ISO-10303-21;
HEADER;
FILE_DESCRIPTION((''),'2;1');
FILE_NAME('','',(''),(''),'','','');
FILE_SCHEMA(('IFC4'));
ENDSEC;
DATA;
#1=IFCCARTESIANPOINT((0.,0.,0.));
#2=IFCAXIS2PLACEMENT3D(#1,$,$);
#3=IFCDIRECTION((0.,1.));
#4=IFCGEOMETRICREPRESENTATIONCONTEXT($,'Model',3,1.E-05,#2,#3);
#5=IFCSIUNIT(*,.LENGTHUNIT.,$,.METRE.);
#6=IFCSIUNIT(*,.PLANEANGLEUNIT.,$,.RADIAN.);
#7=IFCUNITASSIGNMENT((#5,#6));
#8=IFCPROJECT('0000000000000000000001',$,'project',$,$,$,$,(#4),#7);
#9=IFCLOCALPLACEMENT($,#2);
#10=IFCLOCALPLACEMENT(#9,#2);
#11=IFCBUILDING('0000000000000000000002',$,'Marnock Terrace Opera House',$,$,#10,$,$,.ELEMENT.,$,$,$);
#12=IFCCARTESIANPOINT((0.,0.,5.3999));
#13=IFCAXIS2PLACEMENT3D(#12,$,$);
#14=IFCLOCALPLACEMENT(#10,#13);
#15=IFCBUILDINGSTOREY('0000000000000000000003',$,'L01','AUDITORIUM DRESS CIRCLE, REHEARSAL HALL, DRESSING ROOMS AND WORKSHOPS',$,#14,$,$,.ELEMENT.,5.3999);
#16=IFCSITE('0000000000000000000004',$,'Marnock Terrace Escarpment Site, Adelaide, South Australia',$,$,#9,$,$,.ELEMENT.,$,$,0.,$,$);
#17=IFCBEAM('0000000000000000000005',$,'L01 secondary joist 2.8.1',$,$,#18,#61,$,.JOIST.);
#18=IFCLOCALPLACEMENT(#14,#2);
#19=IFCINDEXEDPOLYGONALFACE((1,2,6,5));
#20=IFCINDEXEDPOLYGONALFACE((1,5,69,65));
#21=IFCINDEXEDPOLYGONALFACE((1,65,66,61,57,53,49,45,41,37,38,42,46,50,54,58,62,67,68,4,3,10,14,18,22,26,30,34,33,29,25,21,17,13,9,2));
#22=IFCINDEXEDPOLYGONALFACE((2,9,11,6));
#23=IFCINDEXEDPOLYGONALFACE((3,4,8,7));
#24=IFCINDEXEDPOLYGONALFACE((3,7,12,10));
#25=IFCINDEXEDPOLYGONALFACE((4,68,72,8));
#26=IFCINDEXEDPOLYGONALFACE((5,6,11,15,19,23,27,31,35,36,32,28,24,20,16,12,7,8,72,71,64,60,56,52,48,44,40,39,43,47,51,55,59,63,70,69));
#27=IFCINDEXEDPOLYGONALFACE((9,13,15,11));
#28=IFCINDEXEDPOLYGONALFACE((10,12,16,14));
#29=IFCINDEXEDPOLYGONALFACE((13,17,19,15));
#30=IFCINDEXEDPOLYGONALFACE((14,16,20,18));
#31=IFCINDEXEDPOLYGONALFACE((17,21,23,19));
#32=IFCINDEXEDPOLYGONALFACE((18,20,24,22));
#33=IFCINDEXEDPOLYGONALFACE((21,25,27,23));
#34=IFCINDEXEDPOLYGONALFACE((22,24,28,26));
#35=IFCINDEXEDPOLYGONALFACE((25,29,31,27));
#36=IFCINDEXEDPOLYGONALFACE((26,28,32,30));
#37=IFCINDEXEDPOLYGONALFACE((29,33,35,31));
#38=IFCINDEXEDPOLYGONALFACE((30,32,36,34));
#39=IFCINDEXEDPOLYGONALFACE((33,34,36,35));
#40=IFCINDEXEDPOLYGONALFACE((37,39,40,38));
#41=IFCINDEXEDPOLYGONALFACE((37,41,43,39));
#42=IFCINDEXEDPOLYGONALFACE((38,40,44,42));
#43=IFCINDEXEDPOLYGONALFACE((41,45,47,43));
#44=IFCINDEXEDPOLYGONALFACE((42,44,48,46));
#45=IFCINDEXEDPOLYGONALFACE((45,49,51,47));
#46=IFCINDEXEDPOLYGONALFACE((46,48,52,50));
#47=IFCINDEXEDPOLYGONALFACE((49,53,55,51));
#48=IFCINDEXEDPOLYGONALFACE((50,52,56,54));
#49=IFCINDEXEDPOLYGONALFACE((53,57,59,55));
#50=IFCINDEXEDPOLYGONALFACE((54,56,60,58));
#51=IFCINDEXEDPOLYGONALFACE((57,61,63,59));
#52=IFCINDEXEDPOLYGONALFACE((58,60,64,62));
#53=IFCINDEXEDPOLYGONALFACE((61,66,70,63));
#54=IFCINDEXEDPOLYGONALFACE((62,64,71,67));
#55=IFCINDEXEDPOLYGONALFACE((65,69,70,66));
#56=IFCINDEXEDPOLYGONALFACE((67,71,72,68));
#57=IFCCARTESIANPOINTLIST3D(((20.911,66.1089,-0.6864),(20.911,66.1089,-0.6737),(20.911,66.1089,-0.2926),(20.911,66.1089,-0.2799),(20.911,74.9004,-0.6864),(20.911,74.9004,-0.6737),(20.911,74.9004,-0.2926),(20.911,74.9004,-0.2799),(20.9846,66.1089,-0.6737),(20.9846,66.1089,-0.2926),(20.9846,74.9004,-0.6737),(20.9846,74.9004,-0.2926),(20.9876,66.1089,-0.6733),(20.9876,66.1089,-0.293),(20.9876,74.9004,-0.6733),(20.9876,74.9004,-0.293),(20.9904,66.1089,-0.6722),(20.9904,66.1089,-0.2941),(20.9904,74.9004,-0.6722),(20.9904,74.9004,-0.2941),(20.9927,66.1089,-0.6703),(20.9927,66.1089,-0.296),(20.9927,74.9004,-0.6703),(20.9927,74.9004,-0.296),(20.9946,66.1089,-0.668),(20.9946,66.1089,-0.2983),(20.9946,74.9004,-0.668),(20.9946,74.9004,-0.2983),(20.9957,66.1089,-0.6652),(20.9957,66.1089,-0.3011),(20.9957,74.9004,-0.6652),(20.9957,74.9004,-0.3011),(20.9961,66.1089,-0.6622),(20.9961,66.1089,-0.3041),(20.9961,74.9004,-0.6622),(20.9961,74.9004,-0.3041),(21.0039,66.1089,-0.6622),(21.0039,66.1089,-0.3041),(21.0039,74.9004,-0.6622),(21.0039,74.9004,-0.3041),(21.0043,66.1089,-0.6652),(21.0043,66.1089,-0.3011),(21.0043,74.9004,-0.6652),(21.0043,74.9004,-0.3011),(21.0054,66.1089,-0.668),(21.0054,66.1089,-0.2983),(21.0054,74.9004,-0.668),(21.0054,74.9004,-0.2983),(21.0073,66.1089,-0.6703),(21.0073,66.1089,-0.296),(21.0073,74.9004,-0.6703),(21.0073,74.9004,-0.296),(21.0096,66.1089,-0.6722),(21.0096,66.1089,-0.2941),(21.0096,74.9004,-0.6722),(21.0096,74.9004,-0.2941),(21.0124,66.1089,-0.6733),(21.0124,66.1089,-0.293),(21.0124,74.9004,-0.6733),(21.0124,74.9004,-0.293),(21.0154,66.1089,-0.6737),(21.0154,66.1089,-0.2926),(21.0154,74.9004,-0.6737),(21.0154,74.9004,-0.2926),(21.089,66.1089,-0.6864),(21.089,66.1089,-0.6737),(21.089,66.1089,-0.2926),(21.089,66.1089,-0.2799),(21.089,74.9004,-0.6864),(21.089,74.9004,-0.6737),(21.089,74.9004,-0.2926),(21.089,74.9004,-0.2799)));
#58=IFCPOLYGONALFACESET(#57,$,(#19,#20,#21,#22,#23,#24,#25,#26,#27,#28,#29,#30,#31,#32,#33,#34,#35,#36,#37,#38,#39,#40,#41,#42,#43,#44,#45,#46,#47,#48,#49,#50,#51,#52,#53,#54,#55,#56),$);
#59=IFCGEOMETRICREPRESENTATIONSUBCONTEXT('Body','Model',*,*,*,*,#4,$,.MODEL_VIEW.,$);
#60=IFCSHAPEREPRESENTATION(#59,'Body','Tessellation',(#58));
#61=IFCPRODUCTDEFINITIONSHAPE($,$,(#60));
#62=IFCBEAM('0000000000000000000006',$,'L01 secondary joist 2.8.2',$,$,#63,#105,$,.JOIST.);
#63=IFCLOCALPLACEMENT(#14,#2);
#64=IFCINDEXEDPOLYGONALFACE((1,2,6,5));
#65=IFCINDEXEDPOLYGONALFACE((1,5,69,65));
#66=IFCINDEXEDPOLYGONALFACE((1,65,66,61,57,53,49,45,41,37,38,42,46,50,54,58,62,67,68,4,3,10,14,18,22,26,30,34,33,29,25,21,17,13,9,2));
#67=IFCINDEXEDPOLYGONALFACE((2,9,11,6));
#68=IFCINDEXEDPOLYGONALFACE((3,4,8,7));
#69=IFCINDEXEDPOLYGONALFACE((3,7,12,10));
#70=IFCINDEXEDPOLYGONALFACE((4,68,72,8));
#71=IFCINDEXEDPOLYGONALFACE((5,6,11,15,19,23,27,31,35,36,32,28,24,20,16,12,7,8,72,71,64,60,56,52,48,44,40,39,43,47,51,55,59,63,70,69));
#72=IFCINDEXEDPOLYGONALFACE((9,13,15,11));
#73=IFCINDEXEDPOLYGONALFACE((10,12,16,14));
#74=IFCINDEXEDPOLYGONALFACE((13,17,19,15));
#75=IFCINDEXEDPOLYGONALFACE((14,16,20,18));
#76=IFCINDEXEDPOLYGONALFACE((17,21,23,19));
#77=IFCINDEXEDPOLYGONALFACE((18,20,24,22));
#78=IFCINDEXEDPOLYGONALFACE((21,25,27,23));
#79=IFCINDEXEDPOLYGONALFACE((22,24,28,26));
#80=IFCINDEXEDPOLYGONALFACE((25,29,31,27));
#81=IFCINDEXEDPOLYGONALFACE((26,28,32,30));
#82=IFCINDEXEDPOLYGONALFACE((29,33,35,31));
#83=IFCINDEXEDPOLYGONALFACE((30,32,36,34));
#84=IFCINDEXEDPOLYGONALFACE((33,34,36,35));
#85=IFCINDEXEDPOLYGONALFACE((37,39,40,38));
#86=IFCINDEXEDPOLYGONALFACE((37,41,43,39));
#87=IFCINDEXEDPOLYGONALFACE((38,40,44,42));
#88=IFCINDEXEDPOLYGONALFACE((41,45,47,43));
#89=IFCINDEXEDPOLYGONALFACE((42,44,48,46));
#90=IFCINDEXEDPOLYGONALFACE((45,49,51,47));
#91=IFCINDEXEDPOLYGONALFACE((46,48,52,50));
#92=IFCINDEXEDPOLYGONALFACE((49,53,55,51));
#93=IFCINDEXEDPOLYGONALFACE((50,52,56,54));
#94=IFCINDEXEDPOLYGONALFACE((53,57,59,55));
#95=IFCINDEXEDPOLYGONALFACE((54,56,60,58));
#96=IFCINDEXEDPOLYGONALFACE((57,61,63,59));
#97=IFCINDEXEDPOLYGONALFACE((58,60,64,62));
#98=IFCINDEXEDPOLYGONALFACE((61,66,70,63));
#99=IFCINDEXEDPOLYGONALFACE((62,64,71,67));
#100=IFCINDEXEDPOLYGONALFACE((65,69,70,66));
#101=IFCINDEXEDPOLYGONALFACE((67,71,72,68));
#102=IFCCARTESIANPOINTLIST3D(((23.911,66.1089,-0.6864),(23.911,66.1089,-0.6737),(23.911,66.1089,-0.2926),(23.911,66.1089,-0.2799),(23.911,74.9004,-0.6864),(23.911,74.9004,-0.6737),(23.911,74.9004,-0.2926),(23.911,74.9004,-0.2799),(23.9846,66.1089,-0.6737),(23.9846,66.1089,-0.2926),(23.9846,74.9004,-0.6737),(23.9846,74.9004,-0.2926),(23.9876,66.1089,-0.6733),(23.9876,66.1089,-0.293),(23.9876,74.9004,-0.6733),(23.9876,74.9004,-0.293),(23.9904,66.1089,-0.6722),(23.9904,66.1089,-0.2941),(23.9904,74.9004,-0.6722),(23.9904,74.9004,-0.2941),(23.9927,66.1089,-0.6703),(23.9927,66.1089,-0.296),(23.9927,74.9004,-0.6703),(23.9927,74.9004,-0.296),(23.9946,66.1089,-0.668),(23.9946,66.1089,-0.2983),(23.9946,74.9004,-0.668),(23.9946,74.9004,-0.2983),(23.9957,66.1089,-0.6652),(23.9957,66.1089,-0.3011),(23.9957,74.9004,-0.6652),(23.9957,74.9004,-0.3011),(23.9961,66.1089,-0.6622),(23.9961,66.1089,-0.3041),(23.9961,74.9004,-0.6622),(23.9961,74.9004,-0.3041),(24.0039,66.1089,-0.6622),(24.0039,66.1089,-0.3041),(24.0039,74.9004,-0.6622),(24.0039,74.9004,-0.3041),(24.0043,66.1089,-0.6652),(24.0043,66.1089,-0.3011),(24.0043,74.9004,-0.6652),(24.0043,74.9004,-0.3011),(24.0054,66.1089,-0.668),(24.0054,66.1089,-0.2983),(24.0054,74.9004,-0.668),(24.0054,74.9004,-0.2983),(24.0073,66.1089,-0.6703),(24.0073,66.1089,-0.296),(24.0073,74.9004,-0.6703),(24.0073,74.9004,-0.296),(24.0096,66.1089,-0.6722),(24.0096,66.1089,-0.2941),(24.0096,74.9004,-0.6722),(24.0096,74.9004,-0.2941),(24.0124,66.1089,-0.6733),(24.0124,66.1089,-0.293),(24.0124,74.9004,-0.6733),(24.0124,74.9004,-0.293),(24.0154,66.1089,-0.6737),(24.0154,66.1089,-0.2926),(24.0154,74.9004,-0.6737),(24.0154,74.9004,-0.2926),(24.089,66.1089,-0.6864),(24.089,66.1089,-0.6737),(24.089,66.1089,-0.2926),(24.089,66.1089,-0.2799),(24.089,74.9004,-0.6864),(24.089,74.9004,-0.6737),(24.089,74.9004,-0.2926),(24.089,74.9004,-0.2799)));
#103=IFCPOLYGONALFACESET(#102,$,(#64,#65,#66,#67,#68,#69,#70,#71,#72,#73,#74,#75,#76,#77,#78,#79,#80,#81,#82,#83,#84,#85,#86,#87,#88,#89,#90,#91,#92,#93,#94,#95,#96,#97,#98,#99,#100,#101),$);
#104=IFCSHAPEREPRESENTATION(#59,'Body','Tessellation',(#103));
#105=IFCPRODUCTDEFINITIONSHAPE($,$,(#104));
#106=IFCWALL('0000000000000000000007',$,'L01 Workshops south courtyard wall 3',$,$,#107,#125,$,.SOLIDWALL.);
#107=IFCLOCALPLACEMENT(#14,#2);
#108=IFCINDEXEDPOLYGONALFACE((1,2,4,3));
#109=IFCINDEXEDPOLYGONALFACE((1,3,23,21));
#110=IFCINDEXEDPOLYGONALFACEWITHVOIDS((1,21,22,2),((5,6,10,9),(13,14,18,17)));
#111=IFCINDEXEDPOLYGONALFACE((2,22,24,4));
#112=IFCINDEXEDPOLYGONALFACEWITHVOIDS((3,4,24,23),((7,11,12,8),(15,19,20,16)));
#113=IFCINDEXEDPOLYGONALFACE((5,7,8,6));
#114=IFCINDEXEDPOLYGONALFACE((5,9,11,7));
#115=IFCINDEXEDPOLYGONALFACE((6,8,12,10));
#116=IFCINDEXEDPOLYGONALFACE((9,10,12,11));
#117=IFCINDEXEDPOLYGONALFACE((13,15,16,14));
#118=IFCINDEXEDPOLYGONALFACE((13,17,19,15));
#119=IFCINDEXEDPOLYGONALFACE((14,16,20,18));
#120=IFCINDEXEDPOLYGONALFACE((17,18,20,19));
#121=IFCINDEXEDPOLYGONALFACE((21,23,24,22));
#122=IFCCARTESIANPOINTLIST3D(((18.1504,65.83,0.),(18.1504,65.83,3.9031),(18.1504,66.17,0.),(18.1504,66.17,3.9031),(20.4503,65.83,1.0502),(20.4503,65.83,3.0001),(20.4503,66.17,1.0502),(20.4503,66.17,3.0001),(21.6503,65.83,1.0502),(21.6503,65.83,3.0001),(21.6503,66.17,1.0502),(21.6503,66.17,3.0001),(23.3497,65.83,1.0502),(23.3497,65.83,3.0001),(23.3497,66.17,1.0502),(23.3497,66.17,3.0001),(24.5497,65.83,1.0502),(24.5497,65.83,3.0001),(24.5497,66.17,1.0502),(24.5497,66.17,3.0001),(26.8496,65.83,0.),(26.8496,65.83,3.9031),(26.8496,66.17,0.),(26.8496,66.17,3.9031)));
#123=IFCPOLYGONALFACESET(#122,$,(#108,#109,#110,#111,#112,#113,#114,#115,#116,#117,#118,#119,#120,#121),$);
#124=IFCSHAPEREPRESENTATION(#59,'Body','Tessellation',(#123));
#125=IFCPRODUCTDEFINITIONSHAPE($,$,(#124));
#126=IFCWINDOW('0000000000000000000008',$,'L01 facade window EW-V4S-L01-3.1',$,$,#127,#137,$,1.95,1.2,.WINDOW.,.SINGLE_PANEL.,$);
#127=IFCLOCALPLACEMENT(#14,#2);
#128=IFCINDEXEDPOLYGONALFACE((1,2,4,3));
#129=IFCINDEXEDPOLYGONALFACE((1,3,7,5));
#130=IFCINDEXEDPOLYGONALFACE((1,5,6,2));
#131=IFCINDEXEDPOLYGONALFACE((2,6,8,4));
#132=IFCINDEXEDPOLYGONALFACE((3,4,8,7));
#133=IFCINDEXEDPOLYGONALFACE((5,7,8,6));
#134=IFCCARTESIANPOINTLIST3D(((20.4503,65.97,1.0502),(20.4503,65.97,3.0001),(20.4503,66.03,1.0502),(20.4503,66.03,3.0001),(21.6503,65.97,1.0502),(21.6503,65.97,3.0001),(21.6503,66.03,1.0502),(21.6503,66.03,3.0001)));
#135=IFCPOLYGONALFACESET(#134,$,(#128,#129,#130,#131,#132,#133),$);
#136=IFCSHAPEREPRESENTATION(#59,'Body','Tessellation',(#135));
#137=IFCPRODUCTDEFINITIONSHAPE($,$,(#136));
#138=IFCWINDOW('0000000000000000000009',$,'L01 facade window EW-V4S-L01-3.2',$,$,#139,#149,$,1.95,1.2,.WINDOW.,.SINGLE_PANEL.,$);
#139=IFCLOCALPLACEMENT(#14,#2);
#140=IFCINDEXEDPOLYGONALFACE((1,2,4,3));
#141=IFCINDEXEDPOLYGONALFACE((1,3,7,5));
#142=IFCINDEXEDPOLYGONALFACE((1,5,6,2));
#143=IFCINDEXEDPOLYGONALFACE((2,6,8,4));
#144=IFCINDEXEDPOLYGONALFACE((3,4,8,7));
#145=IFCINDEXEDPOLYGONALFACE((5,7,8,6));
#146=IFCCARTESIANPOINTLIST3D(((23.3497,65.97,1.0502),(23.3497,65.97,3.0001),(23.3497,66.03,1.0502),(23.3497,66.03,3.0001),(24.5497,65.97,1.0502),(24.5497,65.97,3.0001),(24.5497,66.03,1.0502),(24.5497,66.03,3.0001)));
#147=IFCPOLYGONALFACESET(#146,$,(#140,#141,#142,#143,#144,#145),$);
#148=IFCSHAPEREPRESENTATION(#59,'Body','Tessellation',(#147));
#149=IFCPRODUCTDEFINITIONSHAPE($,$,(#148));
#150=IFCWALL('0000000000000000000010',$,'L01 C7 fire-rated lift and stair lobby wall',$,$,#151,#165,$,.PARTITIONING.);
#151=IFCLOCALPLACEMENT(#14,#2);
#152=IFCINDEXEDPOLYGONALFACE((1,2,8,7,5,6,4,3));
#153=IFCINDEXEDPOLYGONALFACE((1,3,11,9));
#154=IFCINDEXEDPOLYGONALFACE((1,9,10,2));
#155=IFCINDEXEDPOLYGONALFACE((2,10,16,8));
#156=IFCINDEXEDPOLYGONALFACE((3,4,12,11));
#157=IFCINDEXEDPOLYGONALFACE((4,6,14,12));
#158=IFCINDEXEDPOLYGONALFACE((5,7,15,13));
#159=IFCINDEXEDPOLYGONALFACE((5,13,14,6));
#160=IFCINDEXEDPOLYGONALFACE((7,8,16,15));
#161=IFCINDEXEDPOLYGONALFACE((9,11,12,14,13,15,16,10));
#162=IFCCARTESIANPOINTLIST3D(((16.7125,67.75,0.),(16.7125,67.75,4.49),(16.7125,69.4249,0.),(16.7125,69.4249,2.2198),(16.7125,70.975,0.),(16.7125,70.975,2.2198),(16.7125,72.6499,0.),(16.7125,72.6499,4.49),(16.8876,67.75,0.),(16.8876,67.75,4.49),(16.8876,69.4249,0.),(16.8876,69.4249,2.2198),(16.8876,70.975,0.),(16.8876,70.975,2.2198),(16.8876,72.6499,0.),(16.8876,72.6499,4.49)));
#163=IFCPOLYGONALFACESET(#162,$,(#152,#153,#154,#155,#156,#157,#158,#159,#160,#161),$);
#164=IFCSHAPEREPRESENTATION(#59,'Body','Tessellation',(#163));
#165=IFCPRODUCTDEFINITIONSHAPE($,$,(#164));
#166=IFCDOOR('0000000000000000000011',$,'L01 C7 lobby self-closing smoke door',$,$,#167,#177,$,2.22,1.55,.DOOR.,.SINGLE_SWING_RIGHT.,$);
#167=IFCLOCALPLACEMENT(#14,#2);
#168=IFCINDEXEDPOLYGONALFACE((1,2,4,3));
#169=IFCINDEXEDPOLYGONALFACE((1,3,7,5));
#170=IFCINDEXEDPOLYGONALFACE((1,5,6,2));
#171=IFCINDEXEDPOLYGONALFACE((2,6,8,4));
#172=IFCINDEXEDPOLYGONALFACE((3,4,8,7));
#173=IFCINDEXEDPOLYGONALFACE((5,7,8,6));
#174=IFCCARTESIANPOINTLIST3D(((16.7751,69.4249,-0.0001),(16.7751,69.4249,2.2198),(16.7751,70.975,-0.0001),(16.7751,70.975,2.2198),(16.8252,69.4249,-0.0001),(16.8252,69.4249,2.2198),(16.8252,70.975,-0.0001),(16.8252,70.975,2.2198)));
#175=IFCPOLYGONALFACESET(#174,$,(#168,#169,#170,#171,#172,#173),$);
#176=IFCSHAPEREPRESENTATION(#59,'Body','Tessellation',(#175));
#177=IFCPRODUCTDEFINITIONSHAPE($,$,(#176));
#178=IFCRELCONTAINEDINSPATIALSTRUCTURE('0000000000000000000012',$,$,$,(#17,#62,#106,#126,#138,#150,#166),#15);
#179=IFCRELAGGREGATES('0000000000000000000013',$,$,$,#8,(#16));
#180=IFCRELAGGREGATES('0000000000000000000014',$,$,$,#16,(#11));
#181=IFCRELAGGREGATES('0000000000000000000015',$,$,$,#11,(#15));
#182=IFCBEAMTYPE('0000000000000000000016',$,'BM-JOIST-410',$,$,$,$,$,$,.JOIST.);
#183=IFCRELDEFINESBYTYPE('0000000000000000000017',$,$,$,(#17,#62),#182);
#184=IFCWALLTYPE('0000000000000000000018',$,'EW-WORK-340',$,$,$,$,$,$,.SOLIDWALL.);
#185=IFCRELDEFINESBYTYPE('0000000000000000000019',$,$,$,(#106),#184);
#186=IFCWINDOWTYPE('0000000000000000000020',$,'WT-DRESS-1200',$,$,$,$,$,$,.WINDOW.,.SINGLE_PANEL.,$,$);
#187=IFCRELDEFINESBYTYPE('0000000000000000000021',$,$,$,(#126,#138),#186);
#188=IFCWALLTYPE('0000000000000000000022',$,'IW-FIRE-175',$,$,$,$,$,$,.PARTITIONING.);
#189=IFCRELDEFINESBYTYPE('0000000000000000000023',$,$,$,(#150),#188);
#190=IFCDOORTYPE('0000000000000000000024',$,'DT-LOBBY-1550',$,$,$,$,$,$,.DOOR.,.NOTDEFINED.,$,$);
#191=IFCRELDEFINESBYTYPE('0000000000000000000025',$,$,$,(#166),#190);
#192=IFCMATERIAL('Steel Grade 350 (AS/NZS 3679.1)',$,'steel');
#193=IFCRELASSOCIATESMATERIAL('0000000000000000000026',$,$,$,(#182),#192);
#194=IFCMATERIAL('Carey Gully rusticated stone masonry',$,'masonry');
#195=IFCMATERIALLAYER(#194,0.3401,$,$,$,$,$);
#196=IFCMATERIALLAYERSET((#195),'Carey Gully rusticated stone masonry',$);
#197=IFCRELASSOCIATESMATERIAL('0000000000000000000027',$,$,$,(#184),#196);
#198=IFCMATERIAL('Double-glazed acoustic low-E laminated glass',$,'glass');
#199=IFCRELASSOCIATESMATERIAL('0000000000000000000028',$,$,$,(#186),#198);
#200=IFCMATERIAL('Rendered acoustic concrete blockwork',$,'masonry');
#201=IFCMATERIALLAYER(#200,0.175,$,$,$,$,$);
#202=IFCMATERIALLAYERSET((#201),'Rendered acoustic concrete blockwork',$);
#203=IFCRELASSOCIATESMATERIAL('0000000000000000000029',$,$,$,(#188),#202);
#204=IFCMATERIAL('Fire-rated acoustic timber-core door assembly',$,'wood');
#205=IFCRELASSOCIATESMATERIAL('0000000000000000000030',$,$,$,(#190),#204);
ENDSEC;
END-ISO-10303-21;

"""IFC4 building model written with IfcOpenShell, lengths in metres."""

from ifc_helpers import new_model, si_unit, direction, frame, frame_2d, origin, origin_2d, place, context, subcontext, project, spatial, rectangle, i_section, extrude, material, layer, layer_set, material_profile, profile_set, type_object, element, fill, save


model = new_model("IFC4")

# Units and contexts
model_context = context("Model", 3, precision=1e-05, world=origin(), true_north=direction((0.0, 1.0)))
body_context = subcontext(model_context, "Body", "Model", "MODEL_VIEW")
ifc_project = project(units=[si_unit("LENGTHUNIT", "METRE"), si_unit("PLANEANGLEUNIT", "RADIAN")], contexts=[model_context])

# Site, building, storey
site_placement = place(None, origin())
site = spatial("IfcSite", under=ifc_project, at=site_placement, Name="Marnock Terrace Escarpment Site, Adelaide, South Australia", CompositionType="ELEMENT", RefElevation=0.0)
building_placement = place(site_placement, origin())
building = spatial("IfcBuilding", under=site, at=building_placement, Name="Marnock Terrace Opera House", CompositionType="ELEMENT")
storey_placement = place(building_placement, frame((0.0, 0.0, 5.3999)))
storey = spatial("IfcBuildingStorey", under=building, at=storey_placement, Name="L01", Description="AUDITORIUM DRESS CIRCLE, REHEARSAL HALL, DRESSING ROOMS AND WORKSHOPS", CompositionType="ELEMENT", Elevation=5.3999)

# Shared definitions
ifc_material_1 = material(Name="Steel Grade 350 (AS/NZS 3679.1)", Category="steel")

# Beams
ifc_material_profile_1 = material_profile(ifc_material_1, i_section(OverallWidth=0.178, OverallDepth=0.4065, WebThickness=0.0078, FlangeThickness=0.0127, FilletRadius=0.0115, at=origin_2d()))
ifc_profile_set_1 = profile_set([ifc_material_profile_1], Name="Steel Grade 350 (AS/NZS 3679.1)")
beam_type_1 = type_object("IfcBeamType", Name="BM-JOIST-410", PredefinedType="JOIST", material=ifc_profile_set_1)
for number, where, z_axis, x_axis, name in (
    (1, (21.0, 66.1089, -0.4832), (0.0, 1.0, 0.0), (-1.0, 0.0, 0.0), "L01 secondary joist 2.8.1"),
    (2, (24.0, 66.1089, -0.4832), (0.0, 1.0, 0.0), (-1.0, 0.0, 0.0), "L01 secondary joist 2.8.2"),
):
    element("IfcBeam", number, at=place(storey_placement, frame(where, z_axis=z_axis, x_axis=x_axis)), inside=storey, type_object=beam_type_1, Name=name, PredefinedType="JOIST", context=body_context, shape_type="SweptSolid", body=[
        extrude(i_section(OverallWidth=0.178, OverallDepth=0.4065, WebThickness=0.0078, FlangeThickness=0.0127, FilletRadius=0.0115, at=origin_2d()), origin(), (0.0, 0.0, 1.0), 8.7915),
    ])

# Wall, openings, windows
ifc_material_2 = material(Name="Carey Gully rusticated stone masonry", Category="masonry")
ifc_layer_1 = layer(ifc_material_2, 0.3401)
ifc_layer_set_1 = layer_set([ifc_layer_1], Name="Carey Gully rusticated stone masonry")
wall_type_1 = type_object("IfcWallType", Name="EW-WORK-340", PredefinedType="SOLIDWALL", material=ifc_layer_set_1)
wall_1_placement = place(storey_placement, frame((18.1504, 66.0, 0.0), z_axis=(0.0, 0.0, 1.0), x_axis=(1.0, 0.0, 0.0)))
wall_1 = element("IfcWall", 3, at=wall_1_placement, inside=storey, type_object=wall_type_1, Name="L01 Workshops south courtyard wall 3", PredefinedType="SOLIDWALL", context=body_context, shape_type="SweptSolid", body=[
    extrude(rectangle(XDim=8.6992, YDim=0.3401, at=frame_2d((4.3496, 0.0))), origin(), (0.0, 0.0, 1.0), 3.9031),
])
opening_1_placement = place(wall_1_placement, frame((2.2998, 0.0, 1.05)))
opening_1 = element("IfcOpeningElement", 4, at=opening_1_placement, cuts=wall_1, PredefinedType="OPENING", context=body_context, shape_type="SweptSolid", body=[
    extrude(rectangle(XDim=1.2, YDim=1.95, at=frame_2d((0.6001, 0.9751))), frame((0.0, 0.1799, 0.0), z_axis=(0.0, -1.0, 0.0), x_axis=(1.0, 0.0, 0.0)), (0.0, 0.0, 1.0), 0.3601),
])
opening_2_placement = place(wall_1_placement, frame((5.1992, 0.0, 1.05)))
opening_2 = element("IfcOpeningElement", 5, at=opening_2_placement, cuts=wall_1, PredefinedType="OPENING", context=body_context, shape_type="SweptSolid", body=[
    extrude(rectangle(XDim=1.2, YDim=1.95, at=frame_2d((0.6001, 0.9751))), frame((0.0, 0.1799, 0.0), z_axis=(0.0, -1.0, 0.0), x_axis=(1.0, 0.0, 0.0)), (0.0, 0.0, 1.0), 0.3601),
])
ifc_material_3 = material(Name="Double-glazed acoustic low-E laminated glass", Category="glass")
window_type = type_object("IfcWindowType", Name="WT-DRESS-1200", PartitioningType="SINGLE_PANEL", PredefinedType="WINDOW", material=ifc_material_3)
window_1_placement = place(opening_1_placement, origin())
window_1 = element("IfcWindow", 6, at=window_1_placement, inside=storey, type_object=window_type, Name="L01 facade window EW-V4S-L01-3.1", OverallHeight=1.95, OverallWidth=1.2, PartitioningType="SINGLE_PANEL", PredefinedType="WINDOW", context=body_context, shape_type="SweptSolid", body=[
    extrude(rectangle(XDim=1.2, YDim=1.95, at=frame_2d((0.6001, 0.9751))), frame((0.0, 0.03, 0.0), z_axis=(0.0, -1.0, 0.0), x_axis=(1.0, 0.0, 0.0)), (0.0, 0.0, 1.0), 0.0601),
])
fill(opening_1, window_1)
window_2_placement = place(opening_2_placement, origin())
window_2 = element("IfcWindow", 7, at=window_2_placement, inside=storey, type_object=window_type, Name="L01 facade window EW-V4S-L01-3.2", OverallHeight=1.95, OverallWidth=1.2, PartitioningType="SINGLE_PANEL", PredefinedType="WINDOW", context=body_context, shape_type="SweptSolid", body=[
    extrude(rectangle(XDim=1.2, YDim=1.95, at=frame_2d((0.6001, 0.9751))), frame((0.0, 0.03, 0.0), z_axis=(0.0, -1.0, 0.0), x_axis=(1.0, 0.0, 0.0)), (0.0, 0.0, 1.0), 0.0601),
])
fill(opening_2, window_2)

# Wall, opening, door
ifc_material_4 = material(Name="Rendered acoustic concrete blockwork", Category="masonry")
ifc_layer_2 = layer(ifc_material_4, 0.175)
ifc_layer_set_2 = layer_set([ifc_layer_2], Name="Rendered acoustic concrete blockwork")
wall_type_2 = type_object("IfcWallType", Name="IW-FIRE-175", PredefinedType="PARTITIONING", material=ifc_layer_set_2)
wall_2_placement = place(storey_placement, frame((16.8, 67.75, 0.0), z_axis=(0.0, 0.0, 1.0), x_axis=(0.0, 1.0, 0.0)))
wall_2 = element("IfcWall", 8, at=wall_2_placement, inside=storey, type_object=wall_type_2, Name="L01 C7 fire-rated lift and stair lobby wall", PredefinedType="PARTITIONING", context=body_context, shape_type="SweptSolid", body=[
    extrude(rectangle(XDim=4.8999, YDim=0.175, at=frame_2d((2.45, 0.0))), origin(), (0.0, 0.0, 1.0), 4.49),
])
opening_3_placement = place(wall_2_placement, frame((1.675, 0.0, 0.0)))
opening_3 = element("IfcOpeningElement", 9, at=opening_3_placement, cuts=wall_2, PredefinedType="OPENING", context=body_context, shape_type="SweptSolid", body=[
    extrude(rectangle(XDim=1.55, YDim=2.22, at=frame_2d((0.7749, 1.1099))), frame((0.0, 0.0974, 0.0), z_axis=(0.0, -1.0, 0.0), x_axis=(1.0, 0.0, 0.0)), (0.0, 0.0, 1.0), 0.1951),
])
ifc_material_5 = material(Name="Fire-rated acoustic timber-core door assembly", Category="wood")
door_type = type_object("IfcDoorType", Name="DT-LOBBY-1550", OperationType="NOTDEFINED", PredefinedType="DOOR", material=ifc_material_5)
door_placement = place(opening_3_placement, origin())
door = element("IfcDoor", 10, at=door_placement, inside=storey, type_object=door_type, Name="L01 C7 lobby self-closing smoke door", OperationType="SINGLE_SWING_RIGHT", OverallHeight=2.22, OverallWidth=1.55, PredefinedType="DOOR", context=body_context, shape_type="SweptSolid", body=[
    extrude(rectangle(XDim=1.55, YDim=2.22, at=frame_2d((0.7749, 1.1099))), frame((0.0, 0.0249, 0.0), z_axis=(0.0, -1.0, 0.0), x_axis=(1.0, 0.0, 0.0)), (0.0, 0.0, 1.0), 0.05),
])
fill(opening_3, door)

save(model, "model.ifc")
